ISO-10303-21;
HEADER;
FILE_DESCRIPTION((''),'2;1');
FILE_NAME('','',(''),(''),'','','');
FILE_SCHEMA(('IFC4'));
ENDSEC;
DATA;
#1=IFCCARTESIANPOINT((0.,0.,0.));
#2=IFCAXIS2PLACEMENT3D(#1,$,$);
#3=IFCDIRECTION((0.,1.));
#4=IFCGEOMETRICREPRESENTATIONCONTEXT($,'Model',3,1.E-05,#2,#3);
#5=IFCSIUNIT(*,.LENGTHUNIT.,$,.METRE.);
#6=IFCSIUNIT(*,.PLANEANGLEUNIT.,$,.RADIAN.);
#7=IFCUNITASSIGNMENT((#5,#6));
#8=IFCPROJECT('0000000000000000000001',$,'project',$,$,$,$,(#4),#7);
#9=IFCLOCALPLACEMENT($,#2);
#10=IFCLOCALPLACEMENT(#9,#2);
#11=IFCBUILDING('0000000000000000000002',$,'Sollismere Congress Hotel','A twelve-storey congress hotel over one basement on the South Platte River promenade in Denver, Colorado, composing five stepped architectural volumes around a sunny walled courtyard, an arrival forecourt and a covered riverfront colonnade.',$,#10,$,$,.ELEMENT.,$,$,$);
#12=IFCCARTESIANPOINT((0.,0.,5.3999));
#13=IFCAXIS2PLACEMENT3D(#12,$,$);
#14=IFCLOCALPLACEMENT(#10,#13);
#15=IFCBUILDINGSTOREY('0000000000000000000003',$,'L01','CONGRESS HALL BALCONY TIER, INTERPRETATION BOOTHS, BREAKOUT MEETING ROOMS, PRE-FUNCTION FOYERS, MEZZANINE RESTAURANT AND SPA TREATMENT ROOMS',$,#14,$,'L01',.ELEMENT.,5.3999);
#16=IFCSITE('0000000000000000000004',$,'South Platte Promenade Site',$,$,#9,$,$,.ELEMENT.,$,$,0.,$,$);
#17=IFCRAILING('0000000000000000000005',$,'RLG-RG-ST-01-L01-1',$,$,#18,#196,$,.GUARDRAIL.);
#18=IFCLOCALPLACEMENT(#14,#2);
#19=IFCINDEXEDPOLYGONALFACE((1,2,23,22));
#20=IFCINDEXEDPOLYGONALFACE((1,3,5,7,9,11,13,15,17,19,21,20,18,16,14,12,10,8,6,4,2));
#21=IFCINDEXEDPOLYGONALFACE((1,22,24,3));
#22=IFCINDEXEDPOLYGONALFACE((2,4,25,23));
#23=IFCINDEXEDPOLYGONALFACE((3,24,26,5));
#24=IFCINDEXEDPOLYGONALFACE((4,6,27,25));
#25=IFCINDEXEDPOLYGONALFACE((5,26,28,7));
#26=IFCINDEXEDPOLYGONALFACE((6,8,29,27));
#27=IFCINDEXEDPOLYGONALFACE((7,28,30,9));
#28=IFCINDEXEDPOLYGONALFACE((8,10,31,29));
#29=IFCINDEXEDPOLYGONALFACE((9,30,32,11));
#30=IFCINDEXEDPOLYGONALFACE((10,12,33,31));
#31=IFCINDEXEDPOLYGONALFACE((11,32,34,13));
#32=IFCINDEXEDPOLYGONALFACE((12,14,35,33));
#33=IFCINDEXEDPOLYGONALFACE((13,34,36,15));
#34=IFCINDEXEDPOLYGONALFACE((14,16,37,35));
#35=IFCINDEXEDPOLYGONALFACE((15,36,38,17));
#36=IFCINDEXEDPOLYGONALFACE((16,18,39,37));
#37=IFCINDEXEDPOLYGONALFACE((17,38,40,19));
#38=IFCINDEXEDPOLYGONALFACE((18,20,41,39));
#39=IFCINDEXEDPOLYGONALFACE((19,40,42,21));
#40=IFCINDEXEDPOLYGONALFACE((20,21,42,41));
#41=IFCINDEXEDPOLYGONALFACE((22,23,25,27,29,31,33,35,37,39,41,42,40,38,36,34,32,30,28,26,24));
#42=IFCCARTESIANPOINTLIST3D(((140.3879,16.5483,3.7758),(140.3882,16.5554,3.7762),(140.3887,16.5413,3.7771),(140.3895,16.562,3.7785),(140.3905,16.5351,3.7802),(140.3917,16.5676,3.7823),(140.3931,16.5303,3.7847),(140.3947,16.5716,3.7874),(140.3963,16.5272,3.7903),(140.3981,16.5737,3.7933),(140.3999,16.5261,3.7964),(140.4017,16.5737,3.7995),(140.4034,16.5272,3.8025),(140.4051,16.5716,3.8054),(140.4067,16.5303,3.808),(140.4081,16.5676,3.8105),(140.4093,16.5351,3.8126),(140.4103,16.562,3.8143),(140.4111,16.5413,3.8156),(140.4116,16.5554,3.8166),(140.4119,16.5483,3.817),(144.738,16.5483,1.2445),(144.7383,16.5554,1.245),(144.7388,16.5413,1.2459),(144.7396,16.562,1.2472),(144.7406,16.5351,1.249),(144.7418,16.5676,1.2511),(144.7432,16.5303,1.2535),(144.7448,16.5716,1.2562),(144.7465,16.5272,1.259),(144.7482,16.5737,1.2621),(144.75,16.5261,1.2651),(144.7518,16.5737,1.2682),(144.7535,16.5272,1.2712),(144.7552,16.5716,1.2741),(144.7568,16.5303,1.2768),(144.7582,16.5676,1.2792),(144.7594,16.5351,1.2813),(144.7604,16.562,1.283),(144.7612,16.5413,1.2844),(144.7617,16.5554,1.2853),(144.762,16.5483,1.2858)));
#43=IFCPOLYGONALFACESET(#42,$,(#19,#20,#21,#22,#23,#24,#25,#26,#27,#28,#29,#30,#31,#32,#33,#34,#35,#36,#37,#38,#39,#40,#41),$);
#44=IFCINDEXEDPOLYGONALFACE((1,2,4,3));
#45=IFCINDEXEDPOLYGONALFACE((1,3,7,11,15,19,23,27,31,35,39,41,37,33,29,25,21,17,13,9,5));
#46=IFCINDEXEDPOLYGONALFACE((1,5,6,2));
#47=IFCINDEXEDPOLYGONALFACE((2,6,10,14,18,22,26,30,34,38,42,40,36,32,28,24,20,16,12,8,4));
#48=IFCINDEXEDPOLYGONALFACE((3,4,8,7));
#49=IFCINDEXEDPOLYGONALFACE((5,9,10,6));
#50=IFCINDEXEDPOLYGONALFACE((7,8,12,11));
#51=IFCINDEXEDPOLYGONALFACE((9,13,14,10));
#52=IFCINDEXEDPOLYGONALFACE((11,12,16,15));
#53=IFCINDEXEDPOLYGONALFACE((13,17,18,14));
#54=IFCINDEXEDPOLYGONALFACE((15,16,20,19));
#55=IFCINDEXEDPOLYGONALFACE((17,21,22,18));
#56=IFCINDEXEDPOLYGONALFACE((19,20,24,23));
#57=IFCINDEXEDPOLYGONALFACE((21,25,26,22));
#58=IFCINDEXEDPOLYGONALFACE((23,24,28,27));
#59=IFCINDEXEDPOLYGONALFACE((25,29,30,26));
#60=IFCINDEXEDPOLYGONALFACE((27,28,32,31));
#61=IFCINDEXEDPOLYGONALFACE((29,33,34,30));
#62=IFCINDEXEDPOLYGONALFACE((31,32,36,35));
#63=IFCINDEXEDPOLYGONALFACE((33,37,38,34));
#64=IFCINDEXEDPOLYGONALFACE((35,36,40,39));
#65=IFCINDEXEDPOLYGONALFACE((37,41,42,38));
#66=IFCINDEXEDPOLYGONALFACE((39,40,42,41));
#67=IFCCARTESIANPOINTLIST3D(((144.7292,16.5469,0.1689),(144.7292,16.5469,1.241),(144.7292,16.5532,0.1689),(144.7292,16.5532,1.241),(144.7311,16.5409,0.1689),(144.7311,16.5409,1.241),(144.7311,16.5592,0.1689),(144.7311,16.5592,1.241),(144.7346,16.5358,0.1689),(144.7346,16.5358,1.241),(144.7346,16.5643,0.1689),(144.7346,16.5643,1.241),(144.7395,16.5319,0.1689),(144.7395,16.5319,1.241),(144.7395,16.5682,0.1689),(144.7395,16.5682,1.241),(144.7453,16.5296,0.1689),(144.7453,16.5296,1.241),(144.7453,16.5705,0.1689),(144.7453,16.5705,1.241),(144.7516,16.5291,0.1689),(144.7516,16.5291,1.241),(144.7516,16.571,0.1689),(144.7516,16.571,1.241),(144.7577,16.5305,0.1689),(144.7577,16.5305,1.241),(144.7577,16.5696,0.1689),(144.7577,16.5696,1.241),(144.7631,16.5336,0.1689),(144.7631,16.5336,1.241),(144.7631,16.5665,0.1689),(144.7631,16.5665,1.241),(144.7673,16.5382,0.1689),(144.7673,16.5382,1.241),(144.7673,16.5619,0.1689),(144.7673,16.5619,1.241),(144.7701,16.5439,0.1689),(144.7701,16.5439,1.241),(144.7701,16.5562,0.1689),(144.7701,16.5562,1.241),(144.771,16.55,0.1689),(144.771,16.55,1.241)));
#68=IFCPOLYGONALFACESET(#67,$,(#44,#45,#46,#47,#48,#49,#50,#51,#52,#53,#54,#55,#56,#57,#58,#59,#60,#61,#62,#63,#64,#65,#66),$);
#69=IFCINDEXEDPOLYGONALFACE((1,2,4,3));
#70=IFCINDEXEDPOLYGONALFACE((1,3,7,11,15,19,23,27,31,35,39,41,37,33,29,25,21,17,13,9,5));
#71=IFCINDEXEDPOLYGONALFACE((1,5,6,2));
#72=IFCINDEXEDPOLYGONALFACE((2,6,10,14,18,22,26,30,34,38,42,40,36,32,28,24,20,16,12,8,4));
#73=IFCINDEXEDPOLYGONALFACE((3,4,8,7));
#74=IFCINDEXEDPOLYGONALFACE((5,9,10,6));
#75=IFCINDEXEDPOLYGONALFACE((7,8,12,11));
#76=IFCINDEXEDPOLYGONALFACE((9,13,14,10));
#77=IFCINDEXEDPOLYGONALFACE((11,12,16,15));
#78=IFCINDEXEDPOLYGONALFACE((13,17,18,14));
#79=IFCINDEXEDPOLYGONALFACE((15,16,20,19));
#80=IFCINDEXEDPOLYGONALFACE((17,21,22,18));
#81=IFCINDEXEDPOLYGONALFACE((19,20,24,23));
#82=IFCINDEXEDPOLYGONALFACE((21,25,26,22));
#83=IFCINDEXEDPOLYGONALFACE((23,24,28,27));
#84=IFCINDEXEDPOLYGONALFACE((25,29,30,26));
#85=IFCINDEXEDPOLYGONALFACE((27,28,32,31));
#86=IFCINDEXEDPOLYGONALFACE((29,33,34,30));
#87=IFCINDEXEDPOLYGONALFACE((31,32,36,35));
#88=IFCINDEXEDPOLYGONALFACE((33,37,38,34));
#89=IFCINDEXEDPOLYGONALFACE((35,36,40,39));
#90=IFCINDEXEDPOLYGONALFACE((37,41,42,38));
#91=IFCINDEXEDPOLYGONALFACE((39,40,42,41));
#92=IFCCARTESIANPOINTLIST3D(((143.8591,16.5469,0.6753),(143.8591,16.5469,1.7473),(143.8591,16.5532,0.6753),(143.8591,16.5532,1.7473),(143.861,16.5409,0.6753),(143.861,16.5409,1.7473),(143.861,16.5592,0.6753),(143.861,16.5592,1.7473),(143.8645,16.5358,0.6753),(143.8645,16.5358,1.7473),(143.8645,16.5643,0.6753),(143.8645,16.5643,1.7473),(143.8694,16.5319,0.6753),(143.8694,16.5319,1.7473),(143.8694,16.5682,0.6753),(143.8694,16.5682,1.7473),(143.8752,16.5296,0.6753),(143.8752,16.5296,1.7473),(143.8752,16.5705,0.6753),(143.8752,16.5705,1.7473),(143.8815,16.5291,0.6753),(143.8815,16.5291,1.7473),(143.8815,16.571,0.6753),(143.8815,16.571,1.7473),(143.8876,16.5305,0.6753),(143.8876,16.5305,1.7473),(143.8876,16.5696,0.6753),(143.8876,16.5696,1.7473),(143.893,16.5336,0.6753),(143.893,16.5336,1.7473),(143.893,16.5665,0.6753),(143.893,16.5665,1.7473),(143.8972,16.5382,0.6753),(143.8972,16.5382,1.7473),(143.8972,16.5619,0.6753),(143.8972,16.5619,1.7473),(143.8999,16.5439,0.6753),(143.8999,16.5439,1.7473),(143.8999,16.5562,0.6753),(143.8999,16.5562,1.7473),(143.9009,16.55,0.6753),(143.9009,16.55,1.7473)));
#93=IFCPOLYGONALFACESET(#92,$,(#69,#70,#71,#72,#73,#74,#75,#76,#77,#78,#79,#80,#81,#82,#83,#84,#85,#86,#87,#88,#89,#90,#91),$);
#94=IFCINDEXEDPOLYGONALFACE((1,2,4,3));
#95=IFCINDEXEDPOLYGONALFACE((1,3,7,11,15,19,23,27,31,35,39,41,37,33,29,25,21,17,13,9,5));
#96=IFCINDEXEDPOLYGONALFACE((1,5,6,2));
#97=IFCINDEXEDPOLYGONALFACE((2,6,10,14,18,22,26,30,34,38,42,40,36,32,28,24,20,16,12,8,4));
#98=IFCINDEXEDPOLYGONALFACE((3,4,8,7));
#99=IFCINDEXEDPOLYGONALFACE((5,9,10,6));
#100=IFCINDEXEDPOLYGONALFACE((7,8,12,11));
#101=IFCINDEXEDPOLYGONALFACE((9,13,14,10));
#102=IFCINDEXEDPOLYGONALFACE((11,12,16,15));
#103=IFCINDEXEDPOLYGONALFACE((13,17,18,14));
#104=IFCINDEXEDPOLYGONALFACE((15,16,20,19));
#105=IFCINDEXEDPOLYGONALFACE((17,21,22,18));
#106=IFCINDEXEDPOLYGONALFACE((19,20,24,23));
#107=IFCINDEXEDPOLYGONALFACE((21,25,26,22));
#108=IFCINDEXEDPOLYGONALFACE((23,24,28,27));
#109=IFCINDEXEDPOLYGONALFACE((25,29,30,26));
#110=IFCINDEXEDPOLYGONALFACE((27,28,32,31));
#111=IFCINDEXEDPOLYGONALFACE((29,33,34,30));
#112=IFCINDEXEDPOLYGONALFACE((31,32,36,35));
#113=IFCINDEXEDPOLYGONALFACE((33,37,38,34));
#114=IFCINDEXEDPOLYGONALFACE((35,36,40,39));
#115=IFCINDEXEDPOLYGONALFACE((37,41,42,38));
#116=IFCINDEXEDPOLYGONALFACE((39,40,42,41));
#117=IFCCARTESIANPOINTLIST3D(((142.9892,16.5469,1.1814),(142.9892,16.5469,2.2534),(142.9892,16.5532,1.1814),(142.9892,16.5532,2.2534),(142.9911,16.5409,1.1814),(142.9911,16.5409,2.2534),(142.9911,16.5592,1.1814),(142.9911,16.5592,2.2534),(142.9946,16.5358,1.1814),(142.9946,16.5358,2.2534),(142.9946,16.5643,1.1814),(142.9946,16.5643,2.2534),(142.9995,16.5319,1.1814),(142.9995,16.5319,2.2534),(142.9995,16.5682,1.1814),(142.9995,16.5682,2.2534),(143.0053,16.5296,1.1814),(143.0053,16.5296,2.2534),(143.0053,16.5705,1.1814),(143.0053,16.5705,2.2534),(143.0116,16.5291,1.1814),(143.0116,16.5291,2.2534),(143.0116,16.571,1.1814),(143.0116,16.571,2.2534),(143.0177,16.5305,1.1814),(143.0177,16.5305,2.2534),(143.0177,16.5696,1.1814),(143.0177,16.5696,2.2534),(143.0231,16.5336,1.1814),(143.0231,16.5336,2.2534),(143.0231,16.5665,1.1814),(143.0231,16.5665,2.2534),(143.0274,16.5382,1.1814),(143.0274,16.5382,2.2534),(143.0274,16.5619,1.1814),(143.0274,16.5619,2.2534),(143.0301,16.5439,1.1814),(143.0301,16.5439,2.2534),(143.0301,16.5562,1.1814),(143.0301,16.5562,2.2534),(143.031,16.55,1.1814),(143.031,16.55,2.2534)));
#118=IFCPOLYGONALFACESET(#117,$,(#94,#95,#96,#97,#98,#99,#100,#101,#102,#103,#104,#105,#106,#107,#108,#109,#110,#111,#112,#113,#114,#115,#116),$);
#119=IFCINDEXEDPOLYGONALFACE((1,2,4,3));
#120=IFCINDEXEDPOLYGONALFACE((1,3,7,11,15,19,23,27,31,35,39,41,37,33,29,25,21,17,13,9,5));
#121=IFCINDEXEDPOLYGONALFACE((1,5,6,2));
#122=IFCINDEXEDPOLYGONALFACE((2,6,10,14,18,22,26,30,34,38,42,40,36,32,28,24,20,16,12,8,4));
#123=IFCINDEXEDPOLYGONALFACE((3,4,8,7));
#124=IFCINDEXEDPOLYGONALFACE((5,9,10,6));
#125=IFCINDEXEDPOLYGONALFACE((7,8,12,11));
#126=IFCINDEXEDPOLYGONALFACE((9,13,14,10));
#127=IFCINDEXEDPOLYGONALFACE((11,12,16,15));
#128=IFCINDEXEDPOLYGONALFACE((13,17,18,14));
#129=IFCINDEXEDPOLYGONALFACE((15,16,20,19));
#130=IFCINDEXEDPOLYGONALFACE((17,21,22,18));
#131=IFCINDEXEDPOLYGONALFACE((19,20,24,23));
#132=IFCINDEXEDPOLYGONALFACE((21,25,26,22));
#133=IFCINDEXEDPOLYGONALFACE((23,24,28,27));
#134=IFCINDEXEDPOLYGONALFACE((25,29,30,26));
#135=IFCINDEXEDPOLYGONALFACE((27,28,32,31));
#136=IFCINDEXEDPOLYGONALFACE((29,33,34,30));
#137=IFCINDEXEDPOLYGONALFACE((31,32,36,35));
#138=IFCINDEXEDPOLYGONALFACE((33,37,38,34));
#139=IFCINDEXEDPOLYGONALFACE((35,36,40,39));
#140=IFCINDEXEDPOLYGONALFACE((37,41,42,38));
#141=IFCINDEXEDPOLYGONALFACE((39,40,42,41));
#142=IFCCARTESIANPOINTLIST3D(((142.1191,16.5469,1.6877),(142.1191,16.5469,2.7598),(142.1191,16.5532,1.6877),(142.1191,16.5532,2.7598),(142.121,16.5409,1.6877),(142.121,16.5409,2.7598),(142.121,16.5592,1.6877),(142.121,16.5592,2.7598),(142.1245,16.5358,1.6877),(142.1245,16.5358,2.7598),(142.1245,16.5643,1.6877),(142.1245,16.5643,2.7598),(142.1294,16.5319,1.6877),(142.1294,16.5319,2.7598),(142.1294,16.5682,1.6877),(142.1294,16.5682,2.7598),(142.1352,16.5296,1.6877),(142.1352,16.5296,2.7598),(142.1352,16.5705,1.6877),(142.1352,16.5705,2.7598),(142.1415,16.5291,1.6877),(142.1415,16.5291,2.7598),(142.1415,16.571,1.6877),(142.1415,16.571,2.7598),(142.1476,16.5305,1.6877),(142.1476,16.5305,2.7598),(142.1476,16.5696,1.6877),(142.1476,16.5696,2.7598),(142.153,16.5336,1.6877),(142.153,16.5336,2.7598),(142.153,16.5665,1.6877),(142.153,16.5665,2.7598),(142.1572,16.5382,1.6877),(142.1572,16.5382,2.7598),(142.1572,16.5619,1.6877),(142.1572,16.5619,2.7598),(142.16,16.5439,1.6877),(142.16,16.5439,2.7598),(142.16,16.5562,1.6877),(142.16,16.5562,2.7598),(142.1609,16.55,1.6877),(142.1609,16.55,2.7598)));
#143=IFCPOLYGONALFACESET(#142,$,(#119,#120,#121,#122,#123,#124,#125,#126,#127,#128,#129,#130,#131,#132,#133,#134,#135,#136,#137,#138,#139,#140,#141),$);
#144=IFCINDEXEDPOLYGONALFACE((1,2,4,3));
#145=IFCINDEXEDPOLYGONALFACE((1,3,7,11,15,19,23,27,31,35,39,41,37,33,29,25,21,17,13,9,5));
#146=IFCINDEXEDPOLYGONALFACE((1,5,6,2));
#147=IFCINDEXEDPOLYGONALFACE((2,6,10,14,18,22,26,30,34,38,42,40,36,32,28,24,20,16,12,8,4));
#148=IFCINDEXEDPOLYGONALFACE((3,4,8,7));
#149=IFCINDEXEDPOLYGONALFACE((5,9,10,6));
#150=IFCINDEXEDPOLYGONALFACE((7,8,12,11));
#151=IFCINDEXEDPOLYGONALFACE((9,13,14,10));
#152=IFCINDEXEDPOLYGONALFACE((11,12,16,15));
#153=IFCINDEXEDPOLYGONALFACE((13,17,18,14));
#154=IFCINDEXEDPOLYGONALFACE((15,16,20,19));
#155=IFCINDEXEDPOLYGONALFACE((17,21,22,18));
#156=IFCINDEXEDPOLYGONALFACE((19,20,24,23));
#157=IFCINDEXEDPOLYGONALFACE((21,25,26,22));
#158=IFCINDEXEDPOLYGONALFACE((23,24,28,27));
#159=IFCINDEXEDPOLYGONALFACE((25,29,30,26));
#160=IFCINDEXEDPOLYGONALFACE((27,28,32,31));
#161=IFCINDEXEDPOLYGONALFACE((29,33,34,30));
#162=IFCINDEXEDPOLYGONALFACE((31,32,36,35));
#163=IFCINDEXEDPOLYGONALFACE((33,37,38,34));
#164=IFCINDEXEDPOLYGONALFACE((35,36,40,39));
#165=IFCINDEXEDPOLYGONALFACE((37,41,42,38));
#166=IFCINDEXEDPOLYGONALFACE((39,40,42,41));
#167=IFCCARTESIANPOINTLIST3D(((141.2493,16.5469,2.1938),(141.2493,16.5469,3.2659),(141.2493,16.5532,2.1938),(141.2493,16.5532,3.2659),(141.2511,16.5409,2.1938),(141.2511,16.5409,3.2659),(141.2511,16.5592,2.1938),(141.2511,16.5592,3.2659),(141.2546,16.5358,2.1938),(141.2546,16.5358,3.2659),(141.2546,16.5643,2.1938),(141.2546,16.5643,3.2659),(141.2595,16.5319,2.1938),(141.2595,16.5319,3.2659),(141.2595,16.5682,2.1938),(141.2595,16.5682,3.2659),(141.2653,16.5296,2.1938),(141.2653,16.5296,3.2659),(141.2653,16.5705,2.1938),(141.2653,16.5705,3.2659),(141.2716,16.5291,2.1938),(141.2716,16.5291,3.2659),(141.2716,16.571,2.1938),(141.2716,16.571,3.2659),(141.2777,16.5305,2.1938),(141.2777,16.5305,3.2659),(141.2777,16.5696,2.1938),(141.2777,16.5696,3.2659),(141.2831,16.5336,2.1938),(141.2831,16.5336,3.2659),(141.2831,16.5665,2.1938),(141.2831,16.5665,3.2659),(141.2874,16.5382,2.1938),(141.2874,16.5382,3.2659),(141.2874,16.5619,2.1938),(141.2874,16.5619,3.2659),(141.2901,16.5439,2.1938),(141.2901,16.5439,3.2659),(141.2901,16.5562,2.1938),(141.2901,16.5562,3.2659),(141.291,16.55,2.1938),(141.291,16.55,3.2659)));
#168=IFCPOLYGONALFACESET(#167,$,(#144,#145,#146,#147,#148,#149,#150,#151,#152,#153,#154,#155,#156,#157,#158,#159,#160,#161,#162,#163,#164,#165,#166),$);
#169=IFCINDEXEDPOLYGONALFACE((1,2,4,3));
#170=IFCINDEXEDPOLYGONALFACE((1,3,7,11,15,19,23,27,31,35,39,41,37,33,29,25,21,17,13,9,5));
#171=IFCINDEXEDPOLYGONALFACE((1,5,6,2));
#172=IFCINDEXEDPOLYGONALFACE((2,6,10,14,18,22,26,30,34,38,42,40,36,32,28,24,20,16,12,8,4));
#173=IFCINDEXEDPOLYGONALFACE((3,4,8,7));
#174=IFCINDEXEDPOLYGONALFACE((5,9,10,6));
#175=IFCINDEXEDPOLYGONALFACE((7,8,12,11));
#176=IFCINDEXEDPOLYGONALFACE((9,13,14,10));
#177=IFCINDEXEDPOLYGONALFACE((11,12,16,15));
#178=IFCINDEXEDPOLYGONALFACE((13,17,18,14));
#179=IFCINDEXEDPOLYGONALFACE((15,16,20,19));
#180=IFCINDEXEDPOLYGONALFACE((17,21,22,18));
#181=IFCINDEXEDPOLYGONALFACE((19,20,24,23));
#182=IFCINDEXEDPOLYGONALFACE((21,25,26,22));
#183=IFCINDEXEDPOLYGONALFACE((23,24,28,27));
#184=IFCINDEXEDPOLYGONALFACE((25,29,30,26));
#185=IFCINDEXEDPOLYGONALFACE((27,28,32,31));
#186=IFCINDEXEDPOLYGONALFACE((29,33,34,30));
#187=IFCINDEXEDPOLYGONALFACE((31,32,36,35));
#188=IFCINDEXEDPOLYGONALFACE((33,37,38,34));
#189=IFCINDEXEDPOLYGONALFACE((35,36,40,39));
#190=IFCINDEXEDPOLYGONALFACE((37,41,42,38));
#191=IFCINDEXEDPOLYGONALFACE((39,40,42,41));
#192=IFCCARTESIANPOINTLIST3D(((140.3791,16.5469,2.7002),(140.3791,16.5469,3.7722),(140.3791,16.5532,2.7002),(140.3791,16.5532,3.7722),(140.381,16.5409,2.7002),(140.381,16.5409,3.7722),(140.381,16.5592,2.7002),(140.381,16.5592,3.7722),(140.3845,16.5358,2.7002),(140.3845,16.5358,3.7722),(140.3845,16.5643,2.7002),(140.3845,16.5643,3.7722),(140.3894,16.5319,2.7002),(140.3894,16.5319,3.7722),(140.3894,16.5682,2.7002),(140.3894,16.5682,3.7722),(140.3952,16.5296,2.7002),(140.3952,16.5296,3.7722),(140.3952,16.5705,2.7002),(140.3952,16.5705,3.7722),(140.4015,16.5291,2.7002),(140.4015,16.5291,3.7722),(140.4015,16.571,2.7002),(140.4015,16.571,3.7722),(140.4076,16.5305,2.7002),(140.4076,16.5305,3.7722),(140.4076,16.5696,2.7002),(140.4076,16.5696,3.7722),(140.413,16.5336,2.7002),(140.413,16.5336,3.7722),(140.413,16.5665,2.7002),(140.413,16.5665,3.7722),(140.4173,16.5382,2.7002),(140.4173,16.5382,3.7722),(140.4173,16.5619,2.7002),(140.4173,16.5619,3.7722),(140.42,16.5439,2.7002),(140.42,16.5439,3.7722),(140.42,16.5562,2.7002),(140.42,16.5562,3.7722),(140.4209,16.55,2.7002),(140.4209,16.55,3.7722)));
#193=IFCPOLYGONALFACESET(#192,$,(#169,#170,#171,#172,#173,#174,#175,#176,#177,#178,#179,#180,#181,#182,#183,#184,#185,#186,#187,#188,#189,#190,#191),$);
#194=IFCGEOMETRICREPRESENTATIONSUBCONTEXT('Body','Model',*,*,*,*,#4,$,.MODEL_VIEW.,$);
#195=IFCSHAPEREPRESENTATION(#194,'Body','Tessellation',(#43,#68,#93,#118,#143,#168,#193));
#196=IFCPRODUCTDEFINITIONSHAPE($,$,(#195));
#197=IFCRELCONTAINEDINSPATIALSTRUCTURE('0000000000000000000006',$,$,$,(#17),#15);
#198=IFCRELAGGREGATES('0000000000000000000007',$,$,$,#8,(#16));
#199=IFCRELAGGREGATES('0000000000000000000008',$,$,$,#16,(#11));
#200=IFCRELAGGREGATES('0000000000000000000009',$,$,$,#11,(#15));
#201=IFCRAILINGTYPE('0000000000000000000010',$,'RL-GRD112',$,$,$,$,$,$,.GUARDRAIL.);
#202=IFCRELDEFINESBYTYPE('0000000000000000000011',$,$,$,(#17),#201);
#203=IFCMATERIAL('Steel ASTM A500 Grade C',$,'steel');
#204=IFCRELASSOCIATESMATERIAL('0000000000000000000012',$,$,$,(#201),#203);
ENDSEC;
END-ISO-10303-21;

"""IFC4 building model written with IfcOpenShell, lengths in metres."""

from ifc_helpers import new_model, si_unit, direction, frame, origin, origin_2d, place, context, subcontext, project, spatial, circle, extrude, material, type_object, element, save


model = new_model("IFC4")

# Units and contexts
model_context = context("Model", 3, precision=1e-05, world=origin(), true_north=direction((0.0, 1.0)))
body_context = subcontext(model_context, "Body", "Model", "MODEL_VIEW")
ifc_project = project(units=[si_unit("LENGTHUNIT", "METRE"), si_unit("PLANEANGLEUNIT", "RADIAN")], contexts=[model_context])

# Site, building, storey
site_placement = place(None, origin())
site = spatial("IfcSite", under=ifc_project, at=site_placement, Name="South Platte Promenade Site", CompositionType="ELEMENT", RefElevation=0.0)
building_placement = place(site_placement, origin())
building = spatial("IfcBuilding", under=site, at=building_placement, Name="Sollismere Congress Hotel", Description="A twelve-storey congress hotel over one basement on the South Platte River promenade in Denver, Colorado, composing five stepped architectural volumes around a sunny walled courtyard, an arrival forecourt and a covered riverfront colonnade.", CompositionType="ELEMENT")
storey_placement = place(building_placement, frame((0.0, 0.0, 5.3999)))
storey = spatial("IfcBuildingStorey", under=building, at=storey_placement, Name="L01", Description="CONGRESS HALL BALCONY TIER, INTERPRETATION BOOTHS, BREAKOUT MEETING ROOMS, PRE-FUNCTION FOYERS, MEZZANINE RESTAURANT AND SPA TREATMENT ROOMS", LongName="L01", CompositionType="ELEMENT", Elevation=5.3999)

# Railing
ifc_material_1 = material(Name="Steel ASTM A500 Grade C", Category="steel")
railing_type_1 = type_object("IfcRailingType", Name="RL-GRD112", PredefinedType="GUARDRAIL", material=ifc_material_1)
railing_1_placement = place(storey_placement, frame((144.75, 16.55, 0.1689)))
element("IfcRailing", 1, at=railing_1_placement, inside=storey, type_object=railing_type_1, Name="RLG-RG-ST-01-L01-1", PredefinedType="GUARDRAIL", context=body_context, shape_type="SweptSolid", body=[
    extrude(circle(Radius=0.0239, at=origin_2d()), frame((0.0, 0.0, 1.0962), z_axis=(-0.864324, 0.0, 0.502936), x_axis=(0.0, -1.0, 0.0)), (0.0, 0.0, 1.0), 5.033),
    extrude(circle(Radius=0.021, at=origin_2d()), origin(), (0.0, 0.0, 1.0), 1.072),
    extrude(circle(Radius=0.021, at=origin_2d()), frame((-0.8701, 0.0, 0.5063)), (0.0, 0.0, 1.0), 1.072),
    extrude(circle(Radius=0.021, at=origin_2d()), frame((-1.74, 0.0, 1.0125)), (0.0, 0.0, 1.0), 1.072),
    extrude(circle(Radius=0.021, at=origin_2d()), frame((-2.6101, 0.0, 1.5188)), (0.0, 0.0, 1.0), 1.072),
    extrude(circle(Radius=0.021, at=origin_2d()), frame((-3.48, 0.0, 2.0249)), (0.0, 0.0, 1.0), 1.072),
    extrude(circle(Radius=0.021, at=origin_2d()), frame((-4.3501, 0.0, 2.5312)), (0.0, 0.0, 1.0), 1.072),
])

save(model, "model.ifc")
